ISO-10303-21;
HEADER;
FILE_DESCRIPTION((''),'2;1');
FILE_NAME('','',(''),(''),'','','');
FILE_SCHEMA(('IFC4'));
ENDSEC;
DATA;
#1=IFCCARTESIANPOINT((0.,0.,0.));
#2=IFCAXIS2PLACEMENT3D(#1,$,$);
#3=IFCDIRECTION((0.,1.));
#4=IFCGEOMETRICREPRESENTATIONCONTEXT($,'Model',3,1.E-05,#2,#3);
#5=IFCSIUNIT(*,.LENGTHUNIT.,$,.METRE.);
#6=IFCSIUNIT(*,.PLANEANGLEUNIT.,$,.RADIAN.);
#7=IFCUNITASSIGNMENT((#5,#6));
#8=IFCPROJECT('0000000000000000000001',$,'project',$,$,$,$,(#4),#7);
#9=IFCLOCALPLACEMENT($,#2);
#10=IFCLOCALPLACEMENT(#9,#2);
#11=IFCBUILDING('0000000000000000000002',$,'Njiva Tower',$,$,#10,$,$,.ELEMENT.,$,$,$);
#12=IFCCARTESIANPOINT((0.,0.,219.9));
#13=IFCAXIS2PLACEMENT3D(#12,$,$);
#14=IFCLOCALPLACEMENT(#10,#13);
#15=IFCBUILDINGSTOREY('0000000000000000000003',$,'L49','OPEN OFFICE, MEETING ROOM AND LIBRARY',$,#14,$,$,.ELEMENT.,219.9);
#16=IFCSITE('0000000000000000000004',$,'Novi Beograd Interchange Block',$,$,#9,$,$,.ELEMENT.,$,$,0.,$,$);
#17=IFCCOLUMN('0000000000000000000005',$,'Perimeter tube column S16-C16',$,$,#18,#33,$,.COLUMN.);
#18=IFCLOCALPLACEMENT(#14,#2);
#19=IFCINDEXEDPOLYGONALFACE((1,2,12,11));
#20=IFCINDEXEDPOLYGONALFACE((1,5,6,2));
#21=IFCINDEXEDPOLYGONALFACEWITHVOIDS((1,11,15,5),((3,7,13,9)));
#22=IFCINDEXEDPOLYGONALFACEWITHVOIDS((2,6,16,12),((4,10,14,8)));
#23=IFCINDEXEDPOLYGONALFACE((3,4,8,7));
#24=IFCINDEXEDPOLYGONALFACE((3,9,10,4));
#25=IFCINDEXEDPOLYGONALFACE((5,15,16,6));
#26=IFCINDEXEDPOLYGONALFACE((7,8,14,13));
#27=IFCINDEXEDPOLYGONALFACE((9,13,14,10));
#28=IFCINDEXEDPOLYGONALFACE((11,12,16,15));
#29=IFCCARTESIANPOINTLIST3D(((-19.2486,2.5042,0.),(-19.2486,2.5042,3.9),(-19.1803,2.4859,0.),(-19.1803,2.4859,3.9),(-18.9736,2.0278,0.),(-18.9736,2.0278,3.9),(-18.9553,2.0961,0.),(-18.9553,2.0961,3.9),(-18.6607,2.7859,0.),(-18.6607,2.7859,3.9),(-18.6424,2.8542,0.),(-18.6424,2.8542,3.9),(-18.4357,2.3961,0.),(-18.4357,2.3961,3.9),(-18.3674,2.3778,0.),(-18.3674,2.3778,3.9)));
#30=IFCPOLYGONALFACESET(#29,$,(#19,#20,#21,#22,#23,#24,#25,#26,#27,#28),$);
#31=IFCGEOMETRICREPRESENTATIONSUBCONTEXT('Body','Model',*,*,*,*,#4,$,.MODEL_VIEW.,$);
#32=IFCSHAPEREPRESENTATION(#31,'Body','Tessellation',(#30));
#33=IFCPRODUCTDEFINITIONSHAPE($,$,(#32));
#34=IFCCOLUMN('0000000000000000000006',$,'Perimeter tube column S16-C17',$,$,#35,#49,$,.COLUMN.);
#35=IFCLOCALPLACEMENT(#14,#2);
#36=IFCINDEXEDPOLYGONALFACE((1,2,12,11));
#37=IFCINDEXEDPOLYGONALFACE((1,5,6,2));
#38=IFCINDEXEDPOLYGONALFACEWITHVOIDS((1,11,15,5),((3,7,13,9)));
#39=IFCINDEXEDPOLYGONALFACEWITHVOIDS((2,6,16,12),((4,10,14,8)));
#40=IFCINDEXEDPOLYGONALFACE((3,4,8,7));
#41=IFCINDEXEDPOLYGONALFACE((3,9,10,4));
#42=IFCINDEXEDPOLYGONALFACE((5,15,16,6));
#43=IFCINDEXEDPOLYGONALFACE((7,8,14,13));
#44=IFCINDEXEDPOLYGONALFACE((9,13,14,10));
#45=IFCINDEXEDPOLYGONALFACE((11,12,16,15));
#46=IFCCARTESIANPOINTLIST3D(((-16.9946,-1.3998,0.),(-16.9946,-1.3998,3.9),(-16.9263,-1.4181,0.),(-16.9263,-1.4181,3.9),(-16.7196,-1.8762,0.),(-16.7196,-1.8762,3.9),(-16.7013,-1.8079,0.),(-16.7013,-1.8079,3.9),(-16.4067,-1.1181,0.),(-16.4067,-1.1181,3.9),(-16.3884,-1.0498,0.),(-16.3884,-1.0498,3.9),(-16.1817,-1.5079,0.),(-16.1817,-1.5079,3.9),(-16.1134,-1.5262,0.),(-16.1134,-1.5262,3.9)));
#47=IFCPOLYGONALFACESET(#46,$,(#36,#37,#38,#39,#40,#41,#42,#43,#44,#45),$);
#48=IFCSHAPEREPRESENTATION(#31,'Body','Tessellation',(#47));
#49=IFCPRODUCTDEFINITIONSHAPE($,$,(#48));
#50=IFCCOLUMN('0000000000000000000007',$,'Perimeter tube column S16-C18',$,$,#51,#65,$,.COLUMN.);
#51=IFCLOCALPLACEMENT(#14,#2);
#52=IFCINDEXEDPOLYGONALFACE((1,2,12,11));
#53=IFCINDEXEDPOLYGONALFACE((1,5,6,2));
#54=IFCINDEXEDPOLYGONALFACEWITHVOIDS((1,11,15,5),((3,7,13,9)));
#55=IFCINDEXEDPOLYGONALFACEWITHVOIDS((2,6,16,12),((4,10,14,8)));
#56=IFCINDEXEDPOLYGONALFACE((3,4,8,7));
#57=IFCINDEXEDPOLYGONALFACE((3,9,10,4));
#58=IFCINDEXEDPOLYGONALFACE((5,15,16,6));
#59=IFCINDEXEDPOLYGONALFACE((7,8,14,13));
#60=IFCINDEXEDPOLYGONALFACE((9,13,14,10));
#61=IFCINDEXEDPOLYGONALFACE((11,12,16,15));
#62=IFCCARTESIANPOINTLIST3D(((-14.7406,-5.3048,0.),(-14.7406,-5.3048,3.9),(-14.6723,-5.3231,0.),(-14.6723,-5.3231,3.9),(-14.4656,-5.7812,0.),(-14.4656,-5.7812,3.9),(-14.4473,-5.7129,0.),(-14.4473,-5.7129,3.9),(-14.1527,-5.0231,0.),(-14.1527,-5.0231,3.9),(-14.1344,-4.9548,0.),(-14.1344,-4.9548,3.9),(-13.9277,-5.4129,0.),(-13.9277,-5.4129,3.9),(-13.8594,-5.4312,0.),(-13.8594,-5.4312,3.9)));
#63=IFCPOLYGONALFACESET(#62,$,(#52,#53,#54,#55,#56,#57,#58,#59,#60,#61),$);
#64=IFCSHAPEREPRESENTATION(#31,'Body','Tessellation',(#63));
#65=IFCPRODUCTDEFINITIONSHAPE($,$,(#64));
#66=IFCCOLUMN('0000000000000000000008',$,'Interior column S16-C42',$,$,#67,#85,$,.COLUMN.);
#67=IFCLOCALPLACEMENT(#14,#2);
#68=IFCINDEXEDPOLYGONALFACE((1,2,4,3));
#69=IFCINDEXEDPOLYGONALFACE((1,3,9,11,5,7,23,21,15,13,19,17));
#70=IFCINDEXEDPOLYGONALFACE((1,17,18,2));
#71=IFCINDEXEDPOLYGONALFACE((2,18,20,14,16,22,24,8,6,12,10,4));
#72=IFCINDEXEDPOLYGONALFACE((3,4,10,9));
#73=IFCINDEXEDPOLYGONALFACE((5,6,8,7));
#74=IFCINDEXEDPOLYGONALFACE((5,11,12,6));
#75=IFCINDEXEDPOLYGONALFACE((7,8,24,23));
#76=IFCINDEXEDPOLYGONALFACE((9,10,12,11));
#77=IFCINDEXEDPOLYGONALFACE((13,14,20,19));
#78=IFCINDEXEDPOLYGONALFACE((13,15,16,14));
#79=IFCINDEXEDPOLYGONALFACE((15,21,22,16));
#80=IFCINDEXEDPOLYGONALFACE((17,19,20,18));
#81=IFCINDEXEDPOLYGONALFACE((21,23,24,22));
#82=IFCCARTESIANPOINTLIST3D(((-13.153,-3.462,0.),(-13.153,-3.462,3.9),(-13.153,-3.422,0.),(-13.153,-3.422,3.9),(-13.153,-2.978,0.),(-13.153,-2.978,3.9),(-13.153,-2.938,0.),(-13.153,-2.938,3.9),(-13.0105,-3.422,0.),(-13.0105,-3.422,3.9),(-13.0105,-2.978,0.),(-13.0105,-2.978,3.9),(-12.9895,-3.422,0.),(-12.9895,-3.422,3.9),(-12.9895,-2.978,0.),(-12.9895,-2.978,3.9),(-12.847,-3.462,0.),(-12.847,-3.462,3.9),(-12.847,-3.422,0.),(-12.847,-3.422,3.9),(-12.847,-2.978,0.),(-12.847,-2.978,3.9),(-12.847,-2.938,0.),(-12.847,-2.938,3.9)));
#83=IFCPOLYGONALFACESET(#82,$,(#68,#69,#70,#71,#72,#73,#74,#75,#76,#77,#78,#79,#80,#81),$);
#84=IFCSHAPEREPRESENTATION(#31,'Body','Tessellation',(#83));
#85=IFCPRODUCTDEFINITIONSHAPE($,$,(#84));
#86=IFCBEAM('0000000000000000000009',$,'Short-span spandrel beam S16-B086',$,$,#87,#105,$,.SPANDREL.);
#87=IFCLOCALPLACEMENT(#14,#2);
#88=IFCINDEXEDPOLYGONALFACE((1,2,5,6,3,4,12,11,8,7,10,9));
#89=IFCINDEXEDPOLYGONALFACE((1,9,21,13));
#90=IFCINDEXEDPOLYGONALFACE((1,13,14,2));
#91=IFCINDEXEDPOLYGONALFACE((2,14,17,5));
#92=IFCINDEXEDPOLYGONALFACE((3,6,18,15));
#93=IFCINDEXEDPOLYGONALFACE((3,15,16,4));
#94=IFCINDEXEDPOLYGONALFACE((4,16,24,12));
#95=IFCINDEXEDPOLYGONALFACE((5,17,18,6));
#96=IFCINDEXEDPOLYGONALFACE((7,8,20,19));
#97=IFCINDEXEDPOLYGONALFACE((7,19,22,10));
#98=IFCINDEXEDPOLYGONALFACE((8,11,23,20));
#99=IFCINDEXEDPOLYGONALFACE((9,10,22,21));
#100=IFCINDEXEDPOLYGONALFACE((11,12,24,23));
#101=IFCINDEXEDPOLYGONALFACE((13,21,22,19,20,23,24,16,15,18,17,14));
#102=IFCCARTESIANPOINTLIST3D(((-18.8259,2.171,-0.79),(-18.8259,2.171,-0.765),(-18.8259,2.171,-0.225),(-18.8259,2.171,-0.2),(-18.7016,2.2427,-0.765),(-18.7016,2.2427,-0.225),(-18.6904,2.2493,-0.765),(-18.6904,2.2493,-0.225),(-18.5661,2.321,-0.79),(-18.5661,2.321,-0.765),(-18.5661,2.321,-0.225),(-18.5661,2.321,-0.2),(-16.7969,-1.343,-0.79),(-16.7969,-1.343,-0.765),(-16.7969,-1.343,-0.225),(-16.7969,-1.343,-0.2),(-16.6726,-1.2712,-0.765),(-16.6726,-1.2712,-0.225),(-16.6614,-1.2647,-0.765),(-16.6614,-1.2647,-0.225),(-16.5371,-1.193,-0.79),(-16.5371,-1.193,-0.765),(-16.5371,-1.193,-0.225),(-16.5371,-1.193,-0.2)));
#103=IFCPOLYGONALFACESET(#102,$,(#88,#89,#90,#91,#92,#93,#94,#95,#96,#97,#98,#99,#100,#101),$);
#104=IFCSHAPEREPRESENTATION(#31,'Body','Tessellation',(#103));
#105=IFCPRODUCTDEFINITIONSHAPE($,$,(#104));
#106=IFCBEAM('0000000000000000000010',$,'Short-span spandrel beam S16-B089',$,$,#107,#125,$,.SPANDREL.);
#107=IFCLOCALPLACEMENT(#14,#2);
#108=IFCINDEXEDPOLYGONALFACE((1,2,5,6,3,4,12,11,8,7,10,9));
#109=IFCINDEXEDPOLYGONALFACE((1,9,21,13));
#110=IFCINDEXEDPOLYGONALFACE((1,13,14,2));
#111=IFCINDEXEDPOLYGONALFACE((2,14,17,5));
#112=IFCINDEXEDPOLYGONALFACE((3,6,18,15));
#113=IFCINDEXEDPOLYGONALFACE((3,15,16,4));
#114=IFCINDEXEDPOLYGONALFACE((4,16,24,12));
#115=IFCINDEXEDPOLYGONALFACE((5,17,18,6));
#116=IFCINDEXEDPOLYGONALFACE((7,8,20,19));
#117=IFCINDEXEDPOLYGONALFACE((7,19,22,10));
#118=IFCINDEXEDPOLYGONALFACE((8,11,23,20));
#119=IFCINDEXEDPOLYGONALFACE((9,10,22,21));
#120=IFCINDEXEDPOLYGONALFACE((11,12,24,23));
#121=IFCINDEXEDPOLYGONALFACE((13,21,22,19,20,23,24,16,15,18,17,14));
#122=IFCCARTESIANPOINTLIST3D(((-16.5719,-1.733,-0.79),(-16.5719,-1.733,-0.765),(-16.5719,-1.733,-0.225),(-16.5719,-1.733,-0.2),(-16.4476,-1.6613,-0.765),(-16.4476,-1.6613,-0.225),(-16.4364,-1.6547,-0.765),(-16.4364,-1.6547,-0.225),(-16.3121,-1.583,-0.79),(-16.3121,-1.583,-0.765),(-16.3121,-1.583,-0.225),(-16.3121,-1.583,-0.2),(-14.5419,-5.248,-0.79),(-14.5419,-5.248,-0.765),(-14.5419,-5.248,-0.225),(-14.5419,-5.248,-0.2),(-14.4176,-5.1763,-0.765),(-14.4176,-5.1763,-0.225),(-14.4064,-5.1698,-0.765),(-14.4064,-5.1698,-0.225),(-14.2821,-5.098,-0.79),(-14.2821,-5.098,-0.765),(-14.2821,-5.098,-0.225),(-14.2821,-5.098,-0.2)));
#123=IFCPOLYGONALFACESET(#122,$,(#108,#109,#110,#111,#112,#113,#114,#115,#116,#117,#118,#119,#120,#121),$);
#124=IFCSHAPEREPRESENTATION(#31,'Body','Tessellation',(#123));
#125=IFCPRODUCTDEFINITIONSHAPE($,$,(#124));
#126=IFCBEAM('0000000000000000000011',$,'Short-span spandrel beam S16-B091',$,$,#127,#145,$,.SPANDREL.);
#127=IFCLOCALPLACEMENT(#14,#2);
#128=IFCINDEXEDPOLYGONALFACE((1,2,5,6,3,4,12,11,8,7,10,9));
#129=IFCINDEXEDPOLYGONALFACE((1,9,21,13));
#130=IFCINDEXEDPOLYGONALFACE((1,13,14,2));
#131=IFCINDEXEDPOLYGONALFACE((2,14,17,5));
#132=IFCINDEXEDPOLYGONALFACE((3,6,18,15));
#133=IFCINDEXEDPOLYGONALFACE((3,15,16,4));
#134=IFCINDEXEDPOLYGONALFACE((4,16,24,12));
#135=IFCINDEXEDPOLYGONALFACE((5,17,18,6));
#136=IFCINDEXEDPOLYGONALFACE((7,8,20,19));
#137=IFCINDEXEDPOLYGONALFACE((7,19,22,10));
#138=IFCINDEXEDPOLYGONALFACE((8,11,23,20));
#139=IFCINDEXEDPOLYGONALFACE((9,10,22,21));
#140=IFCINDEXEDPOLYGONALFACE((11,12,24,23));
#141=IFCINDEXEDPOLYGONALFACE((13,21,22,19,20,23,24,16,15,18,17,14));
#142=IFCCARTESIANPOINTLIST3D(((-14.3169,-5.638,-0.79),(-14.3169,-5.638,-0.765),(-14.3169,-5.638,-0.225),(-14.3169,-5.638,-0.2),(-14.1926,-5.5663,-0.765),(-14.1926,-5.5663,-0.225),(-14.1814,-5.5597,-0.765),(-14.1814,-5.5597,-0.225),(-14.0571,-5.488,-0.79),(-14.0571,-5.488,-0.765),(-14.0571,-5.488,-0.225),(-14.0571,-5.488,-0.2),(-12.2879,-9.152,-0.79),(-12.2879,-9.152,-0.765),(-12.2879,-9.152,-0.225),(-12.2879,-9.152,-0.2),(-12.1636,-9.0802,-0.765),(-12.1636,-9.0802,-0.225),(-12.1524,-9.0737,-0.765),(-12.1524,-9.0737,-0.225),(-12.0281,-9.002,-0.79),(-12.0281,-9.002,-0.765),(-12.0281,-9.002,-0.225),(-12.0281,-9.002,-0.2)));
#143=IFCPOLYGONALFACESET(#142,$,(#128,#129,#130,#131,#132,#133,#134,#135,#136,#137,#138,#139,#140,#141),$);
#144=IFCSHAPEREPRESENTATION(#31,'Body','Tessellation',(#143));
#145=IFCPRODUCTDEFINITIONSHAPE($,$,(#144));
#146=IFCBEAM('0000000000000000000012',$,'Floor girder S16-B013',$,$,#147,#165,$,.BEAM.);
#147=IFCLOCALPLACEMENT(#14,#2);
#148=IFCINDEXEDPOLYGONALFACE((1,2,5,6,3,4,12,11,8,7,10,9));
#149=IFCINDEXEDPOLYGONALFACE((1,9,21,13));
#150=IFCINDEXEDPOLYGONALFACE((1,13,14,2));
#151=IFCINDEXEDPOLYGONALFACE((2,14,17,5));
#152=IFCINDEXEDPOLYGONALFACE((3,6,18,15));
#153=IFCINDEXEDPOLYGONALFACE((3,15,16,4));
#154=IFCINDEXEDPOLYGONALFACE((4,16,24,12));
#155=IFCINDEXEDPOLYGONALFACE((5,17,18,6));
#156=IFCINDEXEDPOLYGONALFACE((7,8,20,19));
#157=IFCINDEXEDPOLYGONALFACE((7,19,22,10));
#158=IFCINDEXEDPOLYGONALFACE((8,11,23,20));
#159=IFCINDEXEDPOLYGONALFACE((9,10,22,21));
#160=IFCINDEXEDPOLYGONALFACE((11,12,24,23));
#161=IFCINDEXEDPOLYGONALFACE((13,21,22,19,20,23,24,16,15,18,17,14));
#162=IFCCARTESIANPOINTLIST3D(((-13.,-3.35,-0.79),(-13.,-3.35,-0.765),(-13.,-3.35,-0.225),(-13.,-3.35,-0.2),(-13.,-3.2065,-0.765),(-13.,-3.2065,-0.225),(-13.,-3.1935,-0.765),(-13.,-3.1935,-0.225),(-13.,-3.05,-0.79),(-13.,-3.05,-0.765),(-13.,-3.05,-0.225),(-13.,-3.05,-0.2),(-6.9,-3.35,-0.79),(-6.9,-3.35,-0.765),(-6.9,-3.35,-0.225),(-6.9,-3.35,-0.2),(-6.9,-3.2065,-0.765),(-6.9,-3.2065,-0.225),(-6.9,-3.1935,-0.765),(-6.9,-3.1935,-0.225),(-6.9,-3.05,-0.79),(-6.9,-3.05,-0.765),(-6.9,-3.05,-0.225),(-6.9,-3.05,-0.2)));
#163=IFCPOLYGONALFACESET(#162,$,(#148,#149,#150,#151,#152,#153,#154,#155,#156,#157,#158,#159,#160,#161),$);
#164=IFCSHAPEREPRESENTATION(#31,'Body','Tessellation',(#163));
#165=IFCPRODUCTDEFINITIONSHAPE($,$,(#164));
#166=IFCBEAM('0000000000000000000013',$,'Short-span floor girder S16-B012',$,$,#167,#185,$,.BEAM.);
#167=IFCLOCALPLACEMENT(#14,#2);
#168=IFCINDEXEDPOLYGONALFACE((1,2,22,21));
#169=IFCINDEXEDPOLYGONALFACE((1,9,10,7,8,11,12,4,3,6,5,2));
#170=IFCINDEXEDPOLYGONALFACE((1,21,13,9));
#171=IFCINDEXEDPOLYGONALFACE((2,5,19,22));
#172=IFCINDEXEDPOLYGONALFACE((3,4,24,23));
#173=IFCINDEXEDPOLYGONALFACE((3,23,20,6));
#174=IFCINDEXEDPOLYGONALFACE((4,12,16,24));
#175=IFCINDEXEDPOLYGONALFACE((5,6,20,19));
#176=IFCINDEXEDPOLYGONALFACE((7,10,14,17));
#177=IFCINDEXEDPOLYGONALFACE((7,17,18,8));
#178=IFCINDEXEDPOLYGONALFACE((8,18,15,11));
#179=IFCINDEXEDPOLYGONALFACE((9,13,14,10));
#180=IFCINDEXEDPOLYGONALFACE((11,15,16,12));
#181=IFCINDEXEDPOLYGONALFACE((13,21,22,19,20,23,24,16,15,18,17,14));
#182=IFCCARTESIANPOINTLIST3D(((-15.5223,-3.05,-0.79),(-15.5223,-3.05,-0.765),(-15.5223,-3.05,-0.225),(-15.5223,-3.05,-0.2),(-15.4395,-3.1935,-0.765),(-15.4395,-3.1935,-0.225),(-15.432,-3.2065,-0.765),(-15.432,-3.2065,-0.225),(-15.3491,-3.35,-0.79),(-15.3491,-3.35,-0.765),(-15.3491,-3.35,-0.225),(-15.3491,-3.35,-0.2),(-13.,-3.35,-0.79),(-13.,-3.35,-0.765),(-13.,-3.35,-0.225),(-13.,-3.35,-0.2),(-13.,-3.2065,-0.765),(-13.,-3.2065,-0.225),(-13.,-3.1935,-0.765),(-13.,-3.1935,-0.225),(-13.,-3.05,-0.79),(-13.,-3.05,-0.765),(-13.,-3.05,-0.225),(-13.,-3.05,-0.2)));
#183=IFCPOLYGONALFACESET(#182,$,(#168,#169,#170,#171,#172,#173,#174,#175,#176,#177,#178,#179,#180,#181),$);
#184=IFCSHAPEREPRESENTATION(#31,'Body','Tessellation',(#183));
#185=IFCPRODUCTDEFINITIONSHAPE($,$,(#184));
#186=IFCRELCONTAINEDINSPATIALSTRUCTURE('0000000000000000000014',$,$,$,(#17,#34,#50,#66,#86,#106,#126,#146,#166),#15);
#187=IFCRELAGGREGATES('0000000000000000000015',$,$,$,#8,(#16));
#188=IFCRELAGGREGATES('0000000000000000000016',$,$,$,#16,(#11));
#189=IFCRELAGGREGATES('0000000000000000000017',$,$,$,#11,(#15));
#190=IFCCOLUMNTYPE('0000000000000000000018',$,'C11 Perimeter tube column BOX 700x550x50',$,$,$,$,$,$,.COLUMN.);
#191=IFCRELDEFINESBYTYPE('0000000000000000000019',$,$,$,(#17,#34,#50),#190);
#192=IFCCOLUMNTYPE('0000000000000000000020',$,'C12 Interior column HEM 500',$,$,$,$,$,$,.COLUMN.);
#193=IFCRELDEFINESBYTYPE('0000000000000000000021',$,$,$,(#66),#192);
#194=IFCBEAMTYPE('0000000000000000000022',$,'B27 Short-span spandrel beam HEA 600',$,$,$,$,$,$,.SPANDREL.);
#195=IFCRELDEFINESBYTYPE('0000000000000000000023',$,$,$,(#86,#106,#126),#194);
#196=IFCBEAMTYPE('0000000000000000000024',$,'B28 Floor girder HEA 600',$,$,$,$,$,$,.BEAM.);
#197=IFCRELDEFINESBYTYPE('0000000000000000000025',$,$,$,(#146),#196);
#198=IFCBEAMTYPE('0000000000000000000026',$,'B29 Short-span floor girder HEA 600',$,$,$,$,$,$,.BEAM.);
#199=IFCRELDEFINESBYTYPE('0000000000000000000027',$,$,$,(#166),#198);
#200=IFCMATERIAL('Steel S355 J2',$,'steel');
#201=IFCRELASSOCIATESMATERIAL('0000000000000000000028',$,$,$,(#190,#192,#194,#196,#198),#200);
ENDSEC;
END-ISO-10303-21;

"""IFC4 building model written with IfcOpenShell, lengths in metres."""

from ifc_helpers import new_model, si_unit, direction, frame, origin, origin_2d, place, context, subcontext, project, spatial, hollow_rectangle, i_section, extrude, clip, halfspace, material, material_profile, profile_set, type_object, element, save


model = new_model("IFC4")

# Units and contexts
model_context = context("Model", 3, precision=1e-05, world=origin(), true_north=direction((0.0, 1.0)))
body_context = subcontext(model_context, "Body", "Model", "MODEL_VIEW")
ifc_project = project(units=[si_unit("LENGTHUNIT", "METRE"), si_unit("PLANEANGLEUNIT", "RADIAN")], contexts=[model_context])

# Site, building, storey
site_placement = place(None, origin())
site = spatial("IfcSite", under=ifc_project, at=site_placement, Name="Novi Beograd Interchange Block", CompositionType="ELEMENT", RefElevation=0.0)
building_placement = place(site_placement, origin())
building = spatial("IfcBuilding", under=site, at=building_placement, Name="Njiva Tower", CompositionType="ELEMENT")
storey_placement = place(building_placement, frame((0.0, 0.0, 219.9)))
storey = spatial("IfcBuildingStorey", under=building, at=storey_placement, Name="L49", Description="OPEN OFFICE, MEETING ROOM AND LIBRARY", CompositionType="ELEMENT", Elevation=219.9)

# Columns
ifc_material_1 = material(Name="Steel S355 J2", Category="steel")
ifc_material_profile_1 = material_profile(ifc_material_1, hollow_rectangle(XDim=0.55, YDim=0.7, WallThickness=0.05, at=origin_2d()), Name="BOX 700x550x50")
ifc_profile_set_1 = profile_set([ifc_material_profile_1], Name="Steel S355 J2")
column_type_1 = type_object("IfcColumnType", Name="C11 Perimeter tube column BOX 700x550x50", PredefinedType="COLUMN", material=ifc_profile_set_1)
for number, where, z_axis, x_axis, name in (
    (1, (-18.808, 2.441, 0.0), (0.0, 0.0, 1.0), (0.5, -0.866025, 0.0), "Perimeter tube column S16-C16"),
    (2, (-16.554, -1.463, 0.0), (0.0, 0.0, 1.0), (0.5, -0.866025, 0.0), "Perimeter tube column S16-C17"),
    (3, (-14.3, -5.368, 0.0), (0.0, 0.0, 1.0), (0.5, -0.866025, 0.0), "Perimeter tube column S16-C18"),
):
    element("IfcColumn", number, at=place(storey_placement, frame(where, z_axis=z_axis, x_axis=x_axis)), inside=storey, type_object=column_type_1, Name=name, PredefinedType="COLUMN", context=body_context, shape_type="SweptSolid", body=[
        extrude(hollow_rectangle(XDim=0.55, YDim=0.7, WallThickness=0.05, at=origin_2d()), origin(), (0.0, 0.0, 1.0), 3.9),
    ])
ifc_material_profile_2 = material_profile(ifc_material_1, i_section(OverallWidth=0.306, OverallDepth=0.524, WebThickness=0.021, FlangeThickness=0.04, at=origin_2d()), Name="HEM 500")
ifc_profile_set_2 = profile_set([ifc_material_profile_2], Name="Steel S355 J2")
column_type_2 = type_object("IfcColumnType", Name="C12 Interior column HEM 500", PredefinedType="COLUMN", material=ifc_profile_set_2)
column_placement = place(storey_placement, frame((-13.0, -3.2, 0.0), z_axis=(0.0, 0.0, 1.0), x_axis=(1.0, 0.0, 0.0)))
element("IfcColumn", 4, at=column_placement, inside=storey, type_object=column_type_2, Name="Interior column S16-C42", PredefinedType="COLUMN", context=body_context, shape_type="SweptSolid", body=[
    extrude(i_section(OverallWidth=0.306, OverallDepth=0.524, WebThickness=0.021, FlangeThickness=0.04, at=origin_2d()), origin(), (0.0, 0.0, 1.0), 3.9),
])

# Beams
ifc_material_profile_3 = material_profile(ifc_material_1, i_section(OverallWidth=0.3, OverallDepth=0.59, WebThickness=0.013, FlangeThickness=0.025, at=origin_2d()), Name="HEA 600")
ifc_profile_set_3 = profile_set([ifc_material_profile_3], Name="Steel S355 J2")
beam_type_1 = type_object("IfcBeamType", Name="B27 Short-span spandrel beam HEA 600", PredefinedType="SPANDREL", material=ifc_profile_set_3)
beam_1_placement = place(storey_placement, frame((-18.696, 2.246, -0.495), z_axis=(0.500035, -0.866005, 0.0), x_axis=(0.866005, 0.500035, 0.0)))
element("IfcBeam", 5, at=beam_1_placement, inside=storey, type_object=beam_type_1, Name="Short-span spandrel beam S16-B086", PredefinedType="SPANDREL", context=body_context, shape_type="SweptSolid", body=[
    extrude(i_section(OverallWidth=0.3, OverallDepth=0.59, WebThickness=0.013, FlangeThickness=0.025, at=origin_2d()), origin(), (0.0, 0.0, 1.0), 4.0577),
])
beam_2_placement = place(storey_placement, frame((-16.442, -1.658, -0.495), z_axis=(0.500113, -0.86596, 0.0), x_axis=(0.86596, 0.500113, 0.0)))
element("IfcBeam", 6, at=beam_2_placement, inside=storey, type_object=beam_type_1, Name="Short-span spandrel beam S16-B089", PredefinedType="SPANDREL", context=body_context, shape_type="SweptSolid", body=[
    extrude(i_section(OverallWidth=0.3, OverallDepth=0.59, WebThickness=0.013, FlangeThickness=0.025, at=origin_2d()), origin(), (0.0, 0.0, 1.0), 4.0591),
])
beam_3_placement = place(storey_placement, frame((-14.187, -5.563, -0.495), z_axis=(0.500035, -0.866005, 0.0), x_axis=(0.866005, 0.500035, 0.0)))
element("IfcBeam", 7, at=beam_3_placement, inside=storey, type_object=beam_type_1, Name="Short-span spandrel beam S16-B091", PredefinedType="SPANDREL", context=body_context, shape_type="SweptSolid", body=[
    extrude(i_section(OverallWidth=0.3, OverallDepth=0.59, WebThickness=0.013, FlangeThickness=0.025, at=origin_2d()), origin(), (0.0, 0.0, 1.0), 4.0577),
])
ifc_material_profile_4 = material_profile(ifc_material_1, i_section(OverallWidth=0.3, OverallDepth=0.59, WebThickness=0.013, FlangeThickness=0.025, at=origin_2d()), Name="HEA 600")
ifc_profile_set_4 = profile_set([ifc_material_profile_4], Name="Steel S355 J2")
beam_type_2 = type_object("IfcBeamType", Name="B28 Floor girder HEA 600", PredefinedType="BEAM", material=ifc_profile_set_4)
beam_4_placement = place(storey_placement, frame((-13.0, -3.2, -0.495), z_axis=(1.0, 0.0, 0.0), x_axis=(0.0, 1.0, 0.0)))
element("IfcBeam", 8, at=beam_4_placement, inside=storey, type_object=beam_type_2, Name="Floor girder S16-B013", PredefinedType="BEAM", context=body_context, shape_type="SweptSolid", body=[
    extrude(i_section(OverallWidth=0.3, OverallDepth=0.59, WebThickness=0.013, FlangeThickness=0.025, at=origin_2d()), origin(), (0.0, 0.0, 1.0), 6.1),
])
ifc_material_profile_5 = material_profile(ifc_material_1, i_section(OverallWidth=0.3, OverallDepth=0.59, WebThickness=0.013, FlangeThickness=0.025, at=origin_2d()), Name="HEA 600")
ifc_profile_set_5 = profile_set([ifc_material_profile_5], Name="Steel S355 J2")
beam_type_3 = type_object("IfcBeamType", Name="B29 Short-span floor girder HEA 600", PredefinedType="BEAM", material=ifc_profile_set_5)
beam_5_placement = place(storey_placement, frame((-15.543, -3.2, -0.495), z_axis=(1.0, 0.0, 0.0), x_axis=(0.0, 1.0, 0.0)))
element("IfcBeam", 9, at=beam_5_placement, inside=storey, type_object=beam_type_3, Name="Short-span floor girder S16-B012", PredefinedType="BEAM", context=body_context, shape_type="Clipping", body=[
    clip(extrude(i_section(OverallWidth=0.3, OverallDepth=0.59, WebThickness=0.013, FlangeThickness=0.025, at=origin_2d()), origin(), (0.0, 0.0, 1.0), 2.543), halfspace(frame((-0.025, 0.0, 0.1217), z_axis=(-0.499998, 0.0, -0.866027), x_axis=(0.0, -1.0, 0.0)), False)),
])

save(model, "model.ifc")
